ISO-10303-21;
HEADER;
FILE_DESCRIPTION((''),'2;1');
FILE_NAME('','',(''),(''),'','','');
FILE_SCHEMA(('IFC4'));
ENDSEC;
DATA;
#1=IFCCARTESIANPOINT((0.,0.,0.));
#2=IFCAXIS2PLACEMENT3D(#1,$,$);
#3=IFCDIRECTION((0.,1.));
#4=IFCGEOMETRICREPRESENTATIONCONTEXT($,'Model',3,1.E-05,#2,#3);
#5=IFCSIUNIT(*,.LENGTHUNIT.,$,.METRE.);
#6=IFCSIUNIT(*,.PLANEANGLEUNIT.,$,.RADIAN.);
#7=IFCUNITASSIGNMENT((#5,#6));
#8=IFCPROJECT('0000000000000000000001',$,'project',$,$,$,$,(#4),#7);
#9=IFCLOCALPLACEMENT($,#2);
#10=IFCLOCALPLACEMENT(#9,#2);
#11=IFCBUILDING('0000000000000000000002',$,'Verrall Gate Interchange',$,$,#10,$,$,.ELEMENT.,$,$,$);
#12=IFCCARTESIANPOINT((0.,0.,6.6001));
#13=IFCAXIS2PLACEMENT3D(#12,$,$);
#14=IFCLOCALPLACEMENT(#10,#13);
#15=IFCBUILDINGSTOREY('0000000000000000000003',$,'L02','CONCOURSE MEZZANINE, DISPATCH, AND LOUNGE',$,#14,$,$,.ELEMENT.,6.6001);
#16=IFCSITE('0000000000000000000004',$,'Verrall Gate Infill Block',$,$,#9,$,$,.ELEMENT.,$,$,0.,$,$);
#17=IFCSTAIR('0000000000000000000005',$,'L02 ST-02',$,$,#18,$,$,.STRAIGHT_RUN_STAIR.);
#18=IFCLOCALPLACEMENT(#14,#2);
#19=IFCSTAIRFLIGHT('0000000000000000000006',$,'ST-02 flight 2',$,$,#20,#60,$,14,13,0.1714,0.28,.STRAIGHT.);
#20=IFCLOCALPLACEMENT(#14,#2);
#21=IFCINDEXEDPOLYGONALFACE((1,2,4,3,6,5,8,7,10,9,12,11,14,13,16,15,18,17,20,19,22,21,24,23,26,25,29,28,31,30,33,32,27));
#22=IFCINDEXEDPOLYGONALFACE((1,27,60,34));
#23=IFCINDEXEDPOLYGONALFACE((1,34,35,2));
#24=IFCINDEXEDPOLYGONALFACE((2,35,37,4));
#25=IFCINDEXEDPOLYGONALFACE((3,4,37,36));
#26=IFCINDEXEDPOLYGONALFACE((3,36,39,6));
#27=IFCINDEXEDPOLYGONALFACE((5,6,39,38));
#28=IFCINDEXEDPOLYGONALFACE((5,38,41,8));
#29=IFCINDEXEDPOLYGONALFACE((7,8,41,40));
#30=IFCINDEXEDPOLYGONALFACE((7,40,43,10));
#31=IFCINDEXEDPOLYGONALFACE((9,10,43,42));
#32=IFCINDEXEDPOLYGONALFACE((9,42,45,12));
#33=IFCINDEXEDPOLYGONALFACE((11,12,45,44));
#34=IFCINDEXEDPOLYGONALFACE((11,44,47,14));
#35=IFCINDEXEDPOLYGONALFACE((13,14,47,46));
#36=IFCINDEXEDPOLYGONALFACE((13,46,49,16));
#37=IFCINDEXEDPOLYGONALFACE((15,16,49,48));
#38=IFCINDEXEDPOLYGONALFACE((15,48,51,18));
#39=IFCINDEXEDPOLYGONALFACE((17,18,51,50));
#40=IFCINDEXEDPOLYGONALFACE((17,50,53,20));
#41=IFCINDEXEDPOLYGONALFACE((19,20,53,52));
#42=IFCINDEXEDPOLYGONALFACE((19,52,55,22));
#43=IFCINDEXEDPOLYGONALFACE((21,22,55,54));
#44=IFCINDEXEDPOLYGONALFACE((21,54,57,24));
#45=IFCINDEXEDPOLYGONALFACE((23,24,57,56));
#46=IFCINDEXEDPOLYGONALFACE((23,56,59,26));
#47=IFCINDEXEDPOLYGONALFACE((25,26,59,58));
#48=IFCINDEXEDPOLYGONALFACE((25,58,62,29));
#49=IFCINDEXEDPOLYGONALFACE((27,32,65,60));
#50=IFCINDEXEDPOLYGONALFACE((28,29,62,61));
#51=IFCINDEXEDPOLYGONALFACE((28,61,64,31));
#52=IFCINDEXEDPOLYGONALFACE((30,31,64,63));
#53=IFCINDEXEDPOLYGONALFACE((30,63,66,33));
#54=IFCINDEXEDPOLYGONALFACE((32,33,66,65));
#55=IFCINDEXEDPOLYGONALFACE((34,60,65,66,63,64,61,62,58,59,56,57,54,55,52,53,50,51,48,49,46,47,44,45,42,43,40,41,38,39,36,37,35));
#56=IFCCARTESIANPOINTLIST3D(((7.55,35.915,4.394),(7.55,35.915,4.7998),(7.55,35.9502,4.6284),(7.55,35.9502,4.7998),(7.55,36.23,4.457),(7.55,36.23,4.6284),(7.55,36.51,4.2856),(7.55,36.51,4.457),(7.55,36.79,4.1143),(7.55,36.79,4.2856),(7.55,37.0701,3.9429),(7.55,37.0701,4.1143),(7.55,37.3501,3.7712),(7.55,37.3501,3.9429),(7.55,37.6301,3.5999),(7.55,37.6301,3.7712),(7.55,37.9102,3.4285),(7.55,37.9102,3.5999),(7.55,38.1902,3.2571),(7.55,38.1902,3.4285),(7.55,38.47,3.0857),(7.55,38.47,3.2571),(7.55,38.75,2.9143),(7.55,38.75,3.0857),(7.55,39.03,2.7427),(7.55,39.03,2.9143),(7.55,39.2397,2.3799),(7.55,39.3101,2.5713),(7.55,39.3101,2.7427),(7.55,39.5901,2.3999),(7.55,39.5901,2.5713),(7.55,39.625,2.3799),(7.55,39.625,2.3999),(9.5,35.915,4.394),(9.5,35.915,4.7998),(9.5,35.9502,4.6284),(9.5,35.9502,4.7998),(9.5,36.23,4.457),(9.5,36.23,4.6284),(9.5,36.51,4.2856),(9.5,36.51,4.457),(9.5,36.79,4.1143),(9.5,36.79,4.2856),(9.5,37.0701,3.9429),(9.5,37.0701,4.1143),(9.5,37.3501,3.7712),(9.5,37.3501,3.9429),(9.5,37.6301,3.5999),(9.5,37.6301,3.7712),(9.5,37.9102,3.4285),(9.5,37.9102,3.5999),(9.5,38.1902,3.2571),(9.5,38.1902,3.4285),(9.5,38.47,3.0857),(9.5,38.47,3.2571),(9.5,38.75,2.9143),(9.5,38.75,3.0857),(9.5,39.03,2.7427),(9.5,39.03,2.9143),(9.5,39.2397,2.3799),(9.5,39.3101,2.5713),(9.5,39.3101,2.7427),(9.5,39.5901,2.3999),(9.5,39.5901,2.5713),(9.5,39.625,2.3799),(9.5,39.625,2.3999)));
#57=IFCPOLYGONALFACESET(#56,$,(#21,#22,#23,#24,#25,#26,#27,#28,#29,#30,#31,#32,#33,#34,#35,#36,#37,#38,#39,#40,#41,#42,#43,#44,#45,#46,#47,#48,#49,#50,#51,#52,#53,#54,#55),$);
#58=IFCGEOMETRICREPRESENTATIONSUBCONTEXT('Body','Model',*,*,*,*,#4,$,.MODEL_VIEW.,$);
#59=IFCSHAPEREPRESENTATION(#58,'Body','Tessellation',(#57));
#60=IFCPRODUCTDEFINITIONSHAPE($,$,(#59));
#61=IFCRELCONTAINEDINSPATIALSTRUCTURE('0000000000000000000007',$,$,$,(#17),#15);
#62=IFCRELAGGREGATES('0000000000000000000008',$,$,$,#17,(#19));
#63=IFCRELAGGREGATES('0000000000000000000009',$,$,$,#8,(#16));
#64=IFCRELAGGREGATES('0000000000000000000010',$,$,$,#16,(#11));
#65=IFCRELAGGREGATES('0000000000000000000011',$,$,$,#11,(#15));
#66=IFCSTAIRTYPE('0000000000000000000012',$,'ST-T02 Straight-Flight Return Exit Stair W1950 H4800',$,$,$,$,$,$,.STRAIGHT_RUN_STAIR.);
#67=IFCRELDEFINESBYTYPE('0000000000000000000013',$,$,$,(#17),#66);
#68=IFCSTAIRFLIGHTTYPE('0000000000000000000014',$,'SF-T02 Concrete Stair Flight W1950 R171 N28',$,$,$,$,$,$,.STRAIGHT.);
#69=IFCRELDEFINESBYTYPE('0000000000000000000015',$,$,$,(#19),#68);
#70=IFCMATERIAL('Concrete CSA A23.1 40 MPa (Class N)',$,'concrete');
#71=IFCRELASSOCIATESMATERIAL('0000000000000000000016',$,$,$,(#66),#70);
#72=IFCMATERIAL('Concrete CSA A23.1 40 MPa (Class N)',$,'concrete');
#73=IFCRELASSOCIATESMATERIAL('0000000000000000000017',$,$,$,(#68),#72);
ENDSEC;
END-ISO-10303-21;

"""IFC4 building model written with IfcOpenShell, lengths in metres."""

from ifc_helpers import new_model, si_unit, direction, frame, origin, place, context, subcontext, project, spatial, polyline, outline, extrude, material, type_object, element, aggregate, save


model = new_model("IFC4")

# Units and contexts
model_context = context("Model", 3, precision=1e-05, world=origin(), true_north=direction((0.0, 1.0)))
body_context = subcontext(model_context, "Body", "Model", "MODEL_VIEW")
ifc_project = project(units=[si_unit("LENGTHUNIT", "METRE"), si_unit("PLANEANGLEUNIT", "RADIAN")], contexts=[model_context])

# Site, building, storey
site_placement = place(None, origin())
site = spatial("IfcSite", under=ifc_project, at=site_placement, Name="Verrall Gate Infill Block", CompositionType="ELEMENT", RefElevation=0.0)
building_placement = place(site_placement, origin())
building = spatial("IfcBuilding", under=site, at=building_placement, Name="Verrall Gate Interchange", CompositionType="ELEMENT")
storey_placement = place(building_placement, frame((0.0, 0.0, 6.6001)))
storey = spatial("IfcBuildingStorey", under=building, at=storey_placement, Name="L02", Description="CONCOURSE MEZZANINE, DISPATCH, AND LOUNGE", CompositionType="ELEMENT", Elevation=6.6001)

# Stair, stair flight
ifc_material_1 = material(Name="Concrete CSA A23.1 40 MPa (Class N)", Category="concrete")
stair_type = type_object("IfcStairType", Name="ST-T02 Straight-Flight Return Exit Stair W1950 H4800", PredefinedType="STRAIGHT_RUN_STAIR", material=ifc_material_1)
stair_placement = place(storey_placement, origin())
stair = element("IfcStair", 1, at=stair_placement, inside=storey, type_object=stair_type, Name="L02 ST-02", PredefinedType="STRAIGHT_RUN_STAIR")
ifc_material_2 = material(Name="Concrete CSA A23.1 40 MPa (Class N)", Category="concrete")
stair_flight_type = type_object("IfcStairFlightType", Name="SF-T02 Concrete Stair Flight W1950 R171 N28", PredefinedType="STRAIGHT", material=ifc_material_2)
stair_flight_1_placement = place(storey_placement, frame((8.5249, 39.5901, 2.3999), z_axis=(0.0, 0.0, 1.0), x_axis=(0.0, -1.0, 0.0)))
stair_flight_1 = element("IfcStairFlight", 2, at=stair_flight_1_placement, type_object=stair_flight_type, Name="ST-02 flight 2", NumberOfRisers=14, NumberOfTreads=13, PredefinedType="STRAIGHT", RiserHeight=0.1714, TreadLength=0.28, context=body_context, shape_type="SweptSolid", body=[
    extrude(outline(polyline([(-0.0349, -0.02), (-0.0349, 0.0), (0.0, 0.0), (0.0, 0.1714), (0.28, 0.1714), (0.28, 0.3428), (0.5601, 0.3428), (0.5601, 0.5144), (0.8401, 0.5144), (0.8401, 0.6858), (1.1201, 0.6858), (1.1201, 0.8572), (1.3999, 0.8572), (1.3999, 1.0286), (1.6799, 1.0286), (1.6799, 1.2), (1.96, 1.2), (1.96, 1.3713), (2.24, 1.3713), (2.24, 1.543), (2.52, 1.543), (2.52, 1.7144), (2.8, 1.7144), (2.8, 1.8857), (3.0801, 1.8857), (3.0801, 2.0571), (3.3601, 2.0571), (3.3601, 2.2285), (3.6399, 2.2285), (3.6399, 2.3999), (3.675, 2.3999), (3.675, 1.9941), (0.3503, -0.02), (-0.0349, -0.02)])), frame((0.0, 0.9751, 0.0), z_axis=(0.0, -1.0, 0.0), x_axis=(1.0, 0.0, 0.0)), (0.0, 0.0, 1.0), 1.95),
])
aggregate(stair, [stair_flight_1])

save(model, "model.ifc")
